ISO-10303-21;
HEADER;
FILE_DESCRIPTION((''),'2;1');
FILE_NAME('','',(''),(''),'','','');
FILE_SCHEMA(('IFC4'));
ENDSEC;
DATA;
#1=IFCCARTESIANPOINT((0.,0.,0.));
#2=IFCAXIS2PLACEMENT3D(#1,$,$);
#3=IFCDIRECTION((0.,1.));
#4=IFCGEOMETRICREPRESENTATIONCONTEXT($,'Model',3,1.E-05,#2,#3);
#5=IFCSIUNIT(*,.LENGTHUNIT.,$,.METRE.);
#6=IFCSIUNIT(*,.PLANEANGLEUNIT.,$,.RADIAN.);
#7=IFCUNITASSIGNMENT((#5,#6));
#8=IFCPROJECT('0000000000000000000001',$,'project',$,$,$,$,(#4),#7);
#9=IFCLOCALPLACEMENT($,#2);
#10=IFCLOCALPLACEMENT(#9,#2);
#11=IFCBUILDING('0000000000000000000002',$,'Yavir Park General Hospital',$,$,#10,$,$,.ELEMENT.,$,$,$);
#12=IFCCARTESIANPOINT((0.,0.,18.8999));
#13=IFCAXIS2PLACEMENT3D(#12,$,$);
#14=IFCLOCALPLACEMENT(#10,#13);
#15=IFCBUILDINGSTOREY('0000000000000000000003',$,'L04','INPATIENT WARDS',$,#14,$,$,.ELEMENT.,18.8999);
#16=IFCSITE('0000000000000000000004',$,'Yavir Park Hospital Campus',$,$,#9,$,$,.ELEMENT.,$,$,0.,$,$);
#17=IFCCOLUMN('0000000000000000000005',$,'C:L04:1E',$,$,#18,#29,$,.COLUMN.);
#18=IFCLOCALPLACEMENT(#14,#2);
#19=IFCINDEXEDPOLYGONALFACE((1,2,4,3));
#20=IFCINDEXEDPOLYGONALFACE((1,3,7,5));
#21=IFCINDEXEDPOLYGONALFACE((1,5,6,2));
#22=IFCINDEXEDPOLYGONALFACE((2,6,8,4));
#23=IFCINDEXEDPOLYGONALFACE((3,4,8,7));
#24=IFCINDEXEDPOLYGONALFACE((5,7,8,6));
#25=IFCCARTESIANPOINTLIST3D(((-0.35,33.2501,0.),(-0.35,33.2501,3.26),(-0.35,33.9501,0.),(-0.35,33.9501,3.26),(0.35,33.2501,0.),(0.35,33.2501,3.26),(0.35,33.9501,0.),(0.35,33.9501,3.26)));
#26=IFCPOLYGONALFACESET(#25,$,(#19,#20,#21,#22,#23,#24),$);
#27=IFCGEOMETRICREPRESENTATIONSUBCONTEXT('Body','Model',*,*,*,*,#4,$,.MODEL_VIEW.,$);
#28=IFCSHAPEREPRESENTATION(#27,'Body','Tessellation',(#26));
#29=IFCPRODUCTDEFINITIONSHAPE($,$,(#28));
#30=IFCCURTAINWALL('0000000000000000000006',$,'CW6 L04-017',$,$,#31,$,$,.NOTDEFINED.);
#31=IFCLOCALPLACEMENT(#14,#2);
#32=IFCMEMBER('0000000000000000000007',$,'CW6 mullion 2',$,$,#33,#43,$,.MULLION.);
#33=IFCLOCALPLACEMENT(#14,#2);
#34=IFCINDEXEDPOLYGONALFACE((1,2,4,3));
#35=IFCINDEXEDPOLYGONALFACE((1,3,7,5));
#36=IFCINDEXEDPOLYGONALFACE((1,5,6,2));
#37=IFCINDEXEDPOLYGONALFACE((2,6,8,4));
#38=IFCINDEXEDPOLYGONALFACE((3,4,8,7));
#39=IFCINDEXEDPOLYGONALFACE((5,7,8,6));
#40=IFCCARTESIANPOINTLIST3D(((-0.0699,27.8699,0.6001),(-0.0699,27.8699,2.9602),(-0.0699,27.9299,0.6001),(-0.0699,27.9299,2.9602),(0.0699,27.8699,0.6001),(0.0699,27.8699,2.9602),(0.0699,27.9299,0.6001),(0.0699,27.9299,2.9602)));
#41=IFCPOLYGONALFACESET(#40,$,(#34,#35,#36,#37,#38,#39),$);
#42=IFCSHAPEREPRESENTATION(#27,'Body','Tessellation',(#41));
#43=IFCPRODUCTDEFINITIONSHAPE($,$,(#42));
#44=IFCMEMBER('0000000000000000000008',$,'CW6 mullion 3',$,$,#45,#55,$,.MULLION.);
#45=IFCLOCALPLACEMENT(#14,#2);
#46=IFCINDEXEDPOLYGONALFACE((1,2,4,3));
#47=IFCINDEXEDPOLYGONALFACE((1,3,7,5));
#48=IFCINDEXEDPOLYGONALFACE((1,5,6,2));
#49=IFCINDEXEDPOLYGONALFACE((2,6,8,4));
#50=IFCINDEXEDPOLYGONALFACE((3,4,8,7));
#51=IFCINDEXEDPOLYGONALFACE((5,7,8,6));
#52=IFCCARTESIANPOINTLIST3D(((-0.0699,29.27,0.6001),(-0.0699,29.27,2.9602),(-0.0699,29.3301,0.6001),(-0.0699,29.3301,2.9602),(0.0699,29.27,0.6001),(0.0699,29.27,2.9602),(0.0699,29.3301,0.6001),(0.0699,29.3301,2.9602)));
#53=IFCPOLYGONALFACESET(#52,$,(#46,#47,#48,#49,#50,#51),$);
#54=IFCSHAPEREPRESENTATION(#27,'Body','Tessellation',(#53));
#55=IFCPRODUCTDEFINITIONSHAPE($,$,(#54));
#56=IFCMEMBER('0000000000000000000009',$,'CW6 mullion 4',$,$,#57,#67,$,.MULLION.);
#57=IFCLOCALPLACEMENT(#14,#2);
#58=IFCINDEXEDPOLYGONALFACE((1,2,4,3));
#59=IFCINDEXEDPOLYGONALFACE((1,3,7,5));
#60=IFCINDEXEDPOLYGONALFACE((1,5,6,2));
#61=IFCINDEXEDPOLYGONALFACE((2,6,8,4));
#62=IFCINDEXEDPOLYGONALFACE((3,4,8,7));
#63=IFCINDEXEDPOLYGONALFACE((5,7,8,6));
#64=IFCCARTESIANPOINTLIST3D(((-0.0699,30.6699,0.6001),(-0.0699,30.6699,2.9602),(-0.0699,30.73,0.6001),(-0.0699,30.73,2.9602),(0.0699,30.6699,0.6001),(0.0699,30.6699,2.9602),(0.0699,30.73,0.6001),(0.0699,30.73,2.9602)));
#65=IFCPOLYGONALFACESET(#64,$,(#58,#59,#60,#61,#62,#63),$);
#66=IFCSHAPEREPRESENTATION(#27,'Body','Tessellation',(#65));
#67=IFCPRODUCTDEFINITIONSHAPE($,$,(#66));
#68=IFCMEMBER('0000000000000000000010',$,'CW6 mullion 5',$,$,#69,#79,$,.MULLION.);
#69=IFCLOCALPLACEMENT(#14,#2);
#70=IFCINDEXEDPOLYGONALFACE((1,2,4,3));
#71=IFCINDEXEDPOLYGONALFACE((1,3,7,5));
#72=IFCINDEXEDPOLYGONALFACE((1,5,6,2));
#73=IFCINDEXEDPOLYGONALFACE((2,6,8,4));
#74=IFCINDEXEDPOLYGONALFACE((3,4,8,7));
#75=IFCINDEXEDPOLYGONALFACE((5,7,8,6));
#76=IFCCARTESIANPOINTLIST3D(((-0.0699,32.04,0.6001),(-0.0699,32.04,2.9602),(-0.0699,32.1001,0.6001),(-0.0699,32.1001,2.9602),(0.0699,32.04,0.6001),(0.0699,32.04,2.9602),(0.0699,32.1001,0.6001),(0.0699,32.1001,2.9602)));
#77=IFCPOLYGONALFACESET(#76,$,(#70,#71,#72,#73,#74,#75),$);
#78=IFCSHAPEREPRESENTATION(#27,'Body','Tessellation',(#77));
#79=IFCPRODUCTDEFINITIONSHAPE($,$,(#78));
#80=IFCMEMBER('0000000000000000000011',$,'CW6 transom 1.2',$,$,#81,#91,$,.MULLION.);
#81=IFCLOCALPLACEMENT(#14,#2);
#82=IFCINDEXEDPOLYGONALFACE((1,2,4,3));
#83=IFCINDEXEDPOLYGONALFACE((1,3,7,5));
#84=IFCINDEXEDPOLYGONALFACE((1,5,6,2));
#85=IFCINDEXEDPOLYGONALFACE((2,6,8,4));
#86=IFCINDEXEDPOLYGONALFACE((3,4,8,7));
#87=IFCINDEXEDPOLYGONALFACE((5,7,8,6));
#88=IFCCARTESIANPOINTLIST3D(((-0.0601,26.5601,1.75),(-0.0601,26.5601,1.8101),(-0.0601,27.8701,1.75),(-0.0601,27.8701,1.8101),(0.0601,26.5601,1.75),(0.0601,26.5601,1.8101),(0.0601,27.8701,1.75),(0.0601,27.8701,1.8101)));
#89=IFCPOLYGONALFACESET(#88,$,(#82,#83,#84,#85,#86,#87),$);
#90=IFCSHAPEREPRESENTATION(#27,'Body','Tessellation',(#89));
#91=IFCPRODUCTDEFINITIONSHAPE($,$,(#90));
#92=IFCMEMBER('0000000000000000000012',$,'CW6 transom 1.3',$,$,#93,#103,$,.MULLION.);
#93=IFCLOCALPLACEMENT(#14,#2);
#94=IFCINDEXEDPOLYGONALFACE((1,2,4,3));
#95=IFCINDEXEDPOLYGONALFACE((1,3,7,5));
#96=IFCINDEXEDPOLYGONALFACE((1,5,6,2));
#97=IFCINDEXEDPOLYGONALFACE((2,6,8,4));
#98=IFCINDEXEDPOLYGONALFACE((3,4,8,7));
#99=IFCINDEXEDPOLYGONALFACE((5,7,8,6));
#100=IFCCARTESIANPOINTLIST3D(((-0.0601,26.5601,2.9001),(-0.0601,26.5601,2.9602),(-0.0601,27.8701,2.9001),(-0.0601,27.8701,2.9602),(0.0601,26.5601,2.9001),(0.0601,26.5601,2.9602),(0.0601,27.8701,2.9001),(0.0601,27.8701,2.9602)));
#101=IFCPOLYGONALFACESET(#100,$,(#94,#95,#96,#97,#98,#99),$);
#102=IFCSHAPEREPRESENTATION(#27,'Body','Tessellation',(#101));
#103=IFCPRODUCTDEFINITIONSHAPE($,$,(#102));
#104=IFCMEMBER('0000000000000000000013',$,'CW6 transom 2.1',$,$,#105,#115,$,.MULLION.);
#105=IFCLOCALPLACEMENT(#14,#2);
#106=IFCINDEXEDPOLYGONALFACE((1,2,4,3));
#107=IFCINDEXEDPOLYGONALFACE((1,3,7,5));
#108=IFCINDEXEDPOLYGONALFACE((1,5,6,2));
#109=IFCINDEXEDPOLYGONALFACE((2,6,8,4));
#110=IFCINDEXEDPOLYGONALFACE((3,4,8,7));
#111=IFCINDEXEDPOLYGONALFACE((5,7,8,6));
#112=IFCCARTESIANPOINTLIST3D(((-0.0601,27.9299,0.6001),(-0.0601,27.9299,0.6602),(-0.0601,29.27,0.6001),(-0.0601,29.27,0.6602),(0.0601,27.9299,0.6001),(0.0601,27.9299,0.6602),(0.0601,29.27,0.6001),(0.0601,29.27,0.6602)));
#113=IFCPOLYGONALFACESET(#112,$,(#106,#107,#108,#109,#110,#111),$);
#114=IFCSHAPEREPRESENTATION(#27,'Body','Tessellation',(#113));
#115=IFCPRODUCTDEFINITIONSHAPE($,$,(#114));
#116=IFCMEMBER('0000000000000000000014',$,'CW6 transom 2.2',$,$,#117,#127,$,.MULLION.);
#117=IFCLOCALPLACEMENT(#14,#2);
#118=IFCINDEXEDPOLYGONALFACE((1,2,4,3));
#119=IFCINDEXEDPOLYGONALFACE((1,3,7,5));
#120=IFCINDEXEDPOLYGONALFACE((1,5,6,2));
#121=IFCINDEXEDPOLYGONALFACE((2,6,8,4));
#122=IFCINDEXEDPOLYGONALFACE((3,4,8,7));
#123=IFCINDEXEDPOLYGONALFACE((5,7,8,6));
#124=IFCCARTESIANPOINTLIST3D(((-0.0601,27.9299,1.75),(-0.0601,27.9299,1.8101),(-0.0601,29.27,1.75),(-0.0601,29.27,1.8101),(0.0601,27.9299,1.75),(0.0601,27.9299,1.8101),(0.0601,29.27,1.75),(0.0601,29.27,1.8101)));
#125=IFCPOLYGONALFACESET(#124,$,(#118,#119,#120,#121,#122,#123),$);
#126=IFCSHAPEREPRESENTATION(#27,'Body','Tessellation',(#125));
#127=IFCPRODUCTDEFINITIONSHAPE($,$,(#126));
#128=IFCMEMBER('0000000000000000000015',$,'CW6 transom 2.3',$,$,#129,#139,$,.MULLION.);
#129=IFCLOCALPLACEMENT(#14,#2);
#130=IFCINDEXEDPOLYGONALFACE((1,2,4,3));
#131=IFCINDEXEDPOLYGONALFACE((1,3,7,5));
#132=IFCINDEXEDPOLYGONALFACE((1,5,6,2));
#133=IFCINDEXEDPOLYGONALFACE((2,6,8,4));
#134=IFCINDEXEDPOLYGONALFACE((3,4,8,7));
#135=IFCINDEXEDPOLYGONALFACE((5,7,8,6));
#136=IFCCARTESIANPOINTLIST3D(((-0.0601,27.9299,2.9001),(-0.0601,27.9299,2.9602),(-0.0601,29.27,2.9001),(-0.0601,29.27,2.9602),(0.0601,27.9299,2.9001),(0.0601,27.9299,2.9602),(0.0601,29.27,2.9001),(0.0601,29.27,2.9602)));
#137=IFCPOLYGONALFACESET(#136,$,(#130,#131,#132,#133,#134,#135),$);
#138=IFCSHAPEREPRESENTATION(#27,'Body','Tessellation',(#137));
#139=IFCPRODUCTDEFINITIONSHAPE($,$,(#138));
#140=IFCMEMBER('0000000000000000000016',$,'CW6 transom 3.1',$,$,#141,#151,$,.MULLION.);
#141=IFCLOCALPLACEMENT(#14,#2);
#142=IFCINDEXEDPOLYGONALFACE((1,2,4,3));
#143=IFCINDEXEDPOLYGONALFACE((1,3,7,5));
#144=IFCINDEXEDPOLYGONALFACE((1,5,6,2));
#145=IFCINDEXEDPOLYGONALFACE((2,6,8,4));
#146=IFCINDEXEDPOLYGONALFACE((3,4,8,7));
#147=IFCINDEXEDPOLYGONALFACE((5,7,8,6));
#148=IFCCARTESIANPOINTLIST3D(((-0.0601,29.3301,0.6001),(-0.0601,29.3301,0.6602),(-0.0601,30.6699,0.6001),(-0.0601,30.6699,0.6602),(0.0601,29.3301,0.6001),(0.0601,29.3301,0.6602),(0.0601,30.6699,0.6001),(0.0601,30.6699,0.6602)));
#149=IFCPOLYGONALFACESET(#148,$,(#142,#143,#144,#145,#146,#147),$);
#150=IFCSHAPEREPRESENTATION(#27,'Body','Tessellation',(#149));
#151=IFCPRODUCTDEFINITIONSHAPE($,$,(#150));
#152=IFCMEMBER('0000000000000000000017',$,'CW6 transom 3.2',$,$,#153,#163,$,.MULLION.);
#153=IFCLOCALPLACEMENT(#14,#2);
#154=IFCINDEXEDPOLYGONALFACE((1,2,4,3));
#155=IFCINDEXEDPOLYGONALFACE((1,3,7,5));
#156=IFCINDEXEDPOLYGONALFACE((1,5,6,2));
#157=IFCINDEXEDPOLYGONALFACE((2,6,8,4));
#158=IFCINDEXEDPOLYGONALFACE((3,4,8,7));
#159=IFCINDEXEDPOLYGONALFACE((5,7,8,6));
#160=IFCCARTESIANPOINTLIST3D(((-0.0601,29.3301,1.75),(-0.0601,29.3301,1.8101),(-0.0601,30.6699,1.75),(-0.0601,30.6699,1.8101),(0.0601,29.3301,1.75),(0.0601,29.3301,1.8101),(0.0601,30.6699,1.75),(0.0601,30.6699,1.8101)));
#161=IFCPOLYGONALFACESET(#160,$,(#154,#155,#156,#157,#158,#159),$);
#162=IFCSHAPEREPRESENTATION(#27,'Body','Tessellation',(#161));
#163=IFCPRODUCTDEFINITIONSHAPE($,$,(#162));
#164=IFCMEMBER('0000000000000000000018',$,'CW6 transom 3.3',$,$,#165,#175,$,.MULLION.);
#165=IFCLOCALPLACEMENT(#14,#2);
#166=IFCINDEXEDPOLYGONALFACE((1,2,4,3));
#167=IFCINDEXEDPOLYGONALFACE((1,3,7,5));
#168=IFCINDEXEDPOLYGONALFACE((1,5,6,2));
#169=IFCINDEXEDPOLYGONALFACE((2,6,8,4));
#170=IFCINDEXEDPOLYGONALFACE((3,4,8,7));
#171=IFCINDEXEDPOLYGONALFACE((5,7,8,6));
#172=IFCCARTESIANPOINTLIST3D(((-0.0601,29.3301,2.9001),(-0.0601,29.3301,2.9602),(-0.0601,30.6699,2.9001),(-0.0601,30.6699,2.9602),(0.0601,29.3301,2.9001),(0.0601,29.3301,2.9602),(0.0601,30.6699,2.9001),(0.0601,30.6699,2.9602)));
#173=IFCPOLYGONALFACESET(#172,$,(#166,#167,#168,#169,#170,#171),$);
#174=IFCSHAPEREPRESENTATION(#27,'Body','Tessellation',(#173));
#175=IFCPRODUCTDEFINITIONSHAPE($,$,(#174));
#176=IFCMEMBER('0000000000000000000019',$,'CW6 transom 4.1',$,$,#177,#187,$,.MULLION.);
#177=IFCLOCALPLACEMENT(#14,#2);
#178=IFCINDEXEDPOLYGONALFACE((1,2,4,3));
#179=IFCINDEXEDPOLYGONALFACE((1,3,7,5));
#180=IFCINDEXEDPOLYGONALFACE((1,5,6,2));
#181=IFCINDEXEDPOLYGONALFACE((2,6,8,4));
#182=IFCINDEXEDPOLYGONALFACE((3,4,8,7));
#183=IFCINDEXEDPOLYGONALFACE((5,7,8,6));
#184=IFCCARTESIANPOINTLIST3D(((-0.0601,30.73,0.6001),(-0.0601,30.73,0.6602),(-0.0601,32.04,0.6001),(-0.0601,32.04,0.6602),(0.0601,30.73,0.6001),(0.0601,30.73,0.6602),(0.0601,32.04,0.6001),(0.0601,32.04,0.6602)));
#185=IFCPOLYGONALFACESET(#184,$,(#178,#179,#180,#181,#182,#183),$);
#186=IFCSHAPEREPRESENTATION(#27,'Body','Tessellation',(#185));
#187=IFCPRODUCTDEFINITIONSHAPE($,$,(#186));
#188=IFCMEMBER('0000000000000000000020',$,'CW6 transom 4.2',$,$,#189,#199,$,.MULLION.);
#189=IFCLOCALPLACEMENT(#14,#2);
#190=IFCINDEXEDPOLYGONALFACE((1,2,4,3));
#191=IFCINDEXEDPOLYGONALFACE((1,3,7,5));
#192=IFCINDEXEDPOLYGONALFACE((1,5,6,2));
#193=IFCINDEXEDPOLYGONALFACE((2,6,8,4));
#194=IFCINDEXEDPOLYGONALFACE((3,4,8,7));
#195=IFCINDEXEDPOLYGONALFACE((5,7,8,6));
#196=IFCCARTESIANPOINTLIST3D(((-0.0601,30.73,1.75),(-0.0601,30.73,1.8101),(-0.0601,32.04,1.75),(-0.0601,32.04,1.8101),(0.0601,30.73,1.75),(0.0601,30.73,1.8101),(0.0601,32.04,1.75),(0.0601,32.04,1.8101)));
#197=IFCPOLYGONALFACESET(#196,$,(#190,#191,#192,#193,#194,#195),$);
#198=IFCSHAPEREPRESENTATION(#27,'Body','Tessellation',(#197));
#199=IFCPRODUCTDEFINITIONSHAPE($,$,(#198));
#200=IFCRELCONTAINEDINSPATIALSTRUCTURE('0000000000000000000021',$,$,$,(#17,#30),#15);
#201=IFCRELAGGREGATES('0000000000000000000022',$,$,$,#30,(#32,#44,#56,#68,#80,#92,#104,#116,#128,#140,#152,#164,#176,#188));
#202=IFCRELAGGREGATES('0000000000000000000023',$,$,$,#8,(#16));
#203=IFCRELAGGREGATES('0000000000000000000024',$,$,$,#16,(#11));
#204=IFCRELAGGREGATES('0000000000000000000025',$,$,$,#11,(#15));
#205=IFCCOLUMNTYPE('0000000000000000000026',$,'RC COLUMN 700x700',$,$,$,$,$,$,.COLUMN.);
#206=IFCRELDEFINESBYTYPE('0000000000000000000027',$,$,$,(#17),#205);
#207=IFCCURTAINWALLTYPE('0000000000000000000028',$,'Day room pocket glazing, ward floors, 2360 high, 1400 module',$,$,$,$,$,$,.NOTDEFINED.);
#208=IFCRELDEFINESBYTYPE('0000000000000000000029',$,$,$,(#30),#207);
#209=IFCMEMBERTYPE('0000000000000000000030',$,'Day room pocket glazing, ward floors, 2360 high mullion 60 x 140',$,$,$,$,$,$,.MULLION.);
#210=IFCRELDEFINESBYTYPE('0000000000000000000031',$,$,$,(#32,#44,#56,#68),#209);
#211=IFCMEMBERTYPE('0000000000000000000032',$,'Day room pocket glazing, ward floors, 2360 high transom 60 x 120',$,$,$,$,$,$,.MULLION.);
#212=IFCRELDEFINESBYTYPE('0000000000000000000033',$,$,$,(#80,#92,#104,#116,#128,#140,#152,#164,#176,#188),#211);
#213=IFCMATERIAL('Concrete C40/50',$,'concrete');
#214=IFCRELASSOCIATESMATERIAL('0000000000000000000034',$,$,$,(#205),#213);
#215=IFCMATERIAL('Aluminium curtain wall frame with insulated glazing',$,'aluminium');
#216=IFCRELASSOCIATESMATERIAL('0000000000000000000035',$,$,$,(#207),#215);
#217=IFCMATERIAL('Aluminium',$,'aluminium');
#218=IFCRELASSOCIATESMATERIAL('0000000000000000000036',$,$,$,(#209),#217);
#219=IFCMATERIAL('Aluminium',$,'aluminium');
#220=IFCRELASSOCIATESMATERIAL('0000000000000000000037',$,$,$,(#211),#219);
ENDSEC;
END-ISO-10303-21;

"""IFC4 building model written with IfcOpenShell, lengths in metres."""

from ifc_helpers import new_model, si_unit, direction, frame, origin, origin_2d, place, context, subcontext, project, spatial, rectangle, extrude, material, material_profile, profile_set, type_object, element, aggregate, save


model = new_model("IFC4")

# Units and contexts
model_context = context("Model", 3, precision=1e-05, world=origin(), true_north=direction((0.0, 1.0)))
body_context = subcontext(model_context, "Body", "Model", "MODEL_VIEW")
ifc_project = project(units=[si_unit("LENGTHUNIT", "METRE"), si_unit("PLANEANGLEUNIT", "RADIAN")], contexts=[model_context])

# Site, building, storey
site_placement = place(None, origin())
site = spatial("IfcSite", under=ifc_project, at=site_placement, Name="Yavir Park Hospital Campus", CompositionType="ELEMENT", RefElevation=0.0)
building_placement = place(site_placement, origin())
building = spatial("IfcBuilding", under=site, at=building_placement, Name="Yavir Park General Hospital", CompositionType="ELEMENT")
storey_placement = place(building_placement, frame((0.0, 0.0, 18.8999)))
storey = spatial("IfcBuildingStorey", under=building, at=storey_placement, Name="L04", Description="INPATIENT WARDS", CompositionType="ELEMENT", Elevation=18.8999)

# Column
ifc_material_1 = material(Name="Concrete C40/50", Category="concrete")
ifc_material_profile_1 = material_profile(ifc_material_1, rectangle(XDim=0.7, YDim=0.7, at=origin_2d()), Name="RC700x700")
ifc_profile_set_1 = profile_set([ifc_material_profile_1], Name="Concrete C40/50")
column_type = type_object("IfcColumnType", Name="RC COLUMN 700x700", PredefinedType="COLUMN", material=ifc_profile_set_1)
column_placement = place(storey_placement, frame((0.0, 33.6001, 0.0), z_axis=(0.0, 0.0, 1.0), x_axis=(1.0, 0.0, 0.0)))
element("IfcColumn", 1, at=column_placement, inside=storey, type_object=column_type, Name="C:L04:1E", PredefinedType="COLUMN", context=body_context, shape_type="SweptSolid", body=[
    extrude(rectangle(XDim=0.7, YDim=0.7, at=origin_2d()), origin(), (0.0, 0.0, 1.0), 3.26),
])

# Curtain wall, members
ifc_material_2 = material(Name="Aluminium curtain wall frame with insulated glazing", Category="aluminium")
curtain_wall_type = type_object("IfcCurtainWallType", Name="Day room pocket glazing, ward floors, 2360 high, 1400 module", PredefinedType="NOTDEFINED", material=ifc_material_2)
curtain_wall_placement = place(storey_placement, origin())
curtain_wall = element("IfcCurtainWall", 2, at=curtain_wall_placement, inside=storey, type_object=curtain_wall_type, Name="CW6 L04-017", PredefinedType="NOTDEFINED")
ifc_material_3 = material(Name="Aluminium", Category="aluminium")
ifc_material_profile_2 = material_profile(ifc_material_3, rectangle(XDim=0.1399, YDim=0.0601, at=origin_2d()), Name="AL 60x140")
ifc_profile_set_2 = profile_set([ifc_material_profile_2], Name="Aluminium")
member_type_1 = type_object("IfcMemberType", Name="Day room pocket glazing, ward floors, 2360 high mullion 60 x 140", PredefinedType="MULLION", material=ifc_profile_set_2)
member_1_placement = place(storey_placement, frame((0.0, 27.8999, 0.6001), z_axis=(0.0, 0.0, 1.0), x_axis=(-1.0, 0.0, 0.0)))
member_1 = element("IfcMember", 3, at=member_1_placement, type_object=member_type_1, Name="CW6 mullion 2", PredefinedType="MULLION", context=body_context, shape_type="SweptSolid", body=[
    extrude(rectangle(XDim=0.1399, YDim=0.0601, at=origin_2d()), origin(), (0.0, 0.0, 1.0), 2.3601),
])
member_2_placement = place(storey_placement, frame((0.0, 29.3, 0.6001), z_axis=(0.0, 0.0, 1.0), x_axis=(-1.0, 0.0, 0.0)))
member_2 = element("IfcMember", 4, at=member_2_placement, type_object=member_type_1, Name="CW6 mullion 3", PredefinedType="MULLION", context=body_context, shape_type="SweptSolid", body=[
    extrude(rectangle(XDim=0.1399, YDim=0.0601, at=origin_2d()), origin(), (0.0, 0.0, 1.0), 2.3601),
])
member_3_placement = place(storey_placement, frame((0.0, 30.7, 0.6001), z_axis=(0.0, 0.0, 1.0), x_axis=(-1.0, 0.0, 0.0)))
member_3 = element("IfcMember", 5, at=member_3_placement, type_object=member_type_1, Name="CW6 mullion 4", PredefinedType="MULLION", context=body_context, shape_type="SweptSolid", body=[
    extrude(rectangle(XDim=0.1399, YDim=0.0601, at=origin_2d()), origin(), (0.0, 0.0, 1.0), 2.3601),
])
member_4_placement = place(storey_placement, frame((0.0, 32.0701, 0.6001), z_axis=(0.0, 0.0, 1.0), x_axis=(-1.0, 0.0, 0.0)))
member_4 = element("IfcMember", 6, at=member_4_placement, type_object=member_type_1, Name="CW6 mullion 5", PredefinedType="MULLION", context=body_context, shape_type="SweptSolid", body=[
    extrude(rectangle(XDim=0.1399, YDim=0.0601, at=origin_2d()), origin(), (0.0, 0.0, 1.0), 2.3601),
])
ifc_material_4 = material(Name="Aluminium", Category="aluminium")
ifc_material_profile_3 = material_profile(ifc_material_4, rectangle(XDim=0.1201, YDim=0.0601, at=origin_2d()), Name="AL 120x60")
ifc_profile_set_3 = profile_set([ifc_material_profile_3], Name="Aluminium")
member_type_2 = type_object("IfcMemberType", Name="Day room pocket glazing, ward floors, 2360 high transom 60 x 120", PredefinedType="MULLION", material=ifc_profile_set_3)
member_5_placement = place(storey_placement, frame((0.0, 26.5601, 1.78), z_axis=(0.0, 1.0, 0.0), x_axis=(-1.0, 0.0, 0.0)))
member_5 = element("IfcMember", 7, at=member_5_placement, type_object=member_type_2, Name="CW6 transom 1.2", PredefinedType="MULLION", context=body_context, shape_type="SweptSolid", body=[
    extrude(rectangle(XDim=0.1201, YDim=0.0601, at=origin_2d()), origin(), (0.0, 0.0, 1.0), 1.3101),
])
member_6_placement = place(storey_placement, frame((0.0, 26.5601, 2.9302), z_axis=(0.0, 1.0, 0.0), x_axis=(-1.0, 0.0, 0.0)))
member_6 = element("IfcMember", 8, at=member_6_placement, type_object=member_type_2, Name="CW6 transom 1.3", PredefinedType="MULLION", context=body_context, shape_type="SweptSolid", body=[
    extrude(rectangle(XDim=0.1201, YDim=0.0601, at=origin_2d()), origin(), (0.0, 0.0, 1.0), 1.3101),
])
member_7_placement = place(storey_placement, frame((0.0, 27.9299, 0.6301), z_axis=(0.0, 1.0, 0.0), x_axis=(-1.0, 0.0, 0.0)))
member_7 = element("IfcMember", 9, at=member_7_placement, type_object=member_type_2, Name="CW6 transom 2.1", PredefinedType="MULLION", context=body_context, shape_type="SweptSolid", body=[
    extrude(rectangle(XDim=0.1201, YDim=0.0601, at=origin_2d()), origin(), (0.0, 0.0, 1.0), 1.3401),
])
member_8_placement = place(storey_placement, frame((0.0, 27.9299, 1.78), z_axis=(0.0, 1.0, 0.0), x_axis=(-1.0, 0.0, 0.0)))
member_8 = element("IfcMember", 10, at=member_8_placement, type_object=member_type_2, Name="CW6 transom 2.2", PredefinedType="MULLION", context=body_context, shape_type="SweptSolid", body=[
    extrude(rectangle(XDim=0.1201, YDim=0.0601, at=origin_2d()), origin(), (0.0, 0.0, 1.0), 1.3401),
])
member_9_placement = place(storey_placement, frame((0.0, 27.9299, 2.9302), z_axis=(0.0, 1.0, 0.0), x_axis=(-1.0, 0.0, 0.0)))
member_9 = element("IfcMember", 11, at=member_9_placement, type_object=member_type_2, Name="CW6 transom 2.3", PredefinedType="MULLION", context=body_context, shape_type="SweptSolid", body=[
    extrude(rectangle(XDim=0.1201, YDim=0.0601, at=origin_2d()), origin(), (0.0, 0.0, 1.0), 1.3401),
])
member_10_placement = place(storey_placement, frame((0.0, 29.3301, 0.6301), z_axis=(0.0, 1.0, 0.0), x_axis=(-1.0, 0.0, 0.0)))
member_10 = element("IfcMember", 12, at=member_10_placement, type_object=member_type_2, Name="CW6 transom 3.1", PredefinedType="MULLION", context=body_context, shape_type="SweptSolid", body=[
    extrude(rectangle(XDim=0.1201, YDim=0.0601, at=origin_2d()), origin(), (0.0, 0.0, 1.0), 1.3398),
])
member_11_placement = place(storey_placement, frame((0.0, 29.3301, 1.78), z_axis=(0.0, 1.0, 0.0), x_axis=(-1.0, 0.0, 0.0)))
member_11 = element("IfcMember", 13, at=member_11_placement, type_object=member_type_2, Name="CW6 transom 3.2", PredefinedType="MULLION", context=body_context, shape_type="SweptSolid", body=[
    extrude(rectangle(XDim=0.1201, YDim=0.0601, at=origin_2d()), origin(), (0.0, 0.0, 1.0), 1.3398),
])
member_12_placement = place(storey_placement, frame((0.0, 29.3301, 2.9302), z_axis=(0.0, 1.0, 0.0), x_axis=(-1.0, 0.0, 0.0)))
member_12 = element("IfcMember", 14, at=member_12_placement, type_object=member_type_2, Name="CW6 transom 3.3", PredefinedType="MULLION", context=body_context, shape_type="SweptSolid", body=[
    extrude(rectangle(XDim=0.1201, YDim=0.0601, at=origin_2d()), origin(), (0.0, 0.0, 1.0), 1.3398),
])
member_13_placement = place(storey_placement, frame((0.0, 30.73, 0.6301), z_axis=(0.0, 1.0, 0.0), x_axis=(-1.0, 0.0, 0.0)))
member_13 = element("IfcMember", 15, at=member_13_placement, type_object=member_type_2, Name="CW6 transom 4.1", PredefinedType="MULLION", context=body_context, shape_type="SweptSolid", body=[
    extrude(rectangle(XDim=0.1201, YDim=0.0601, at=origin_2d()), origin(), (0.0, 0.0, 1.0), 1.3101),
])
member_14_placement = place(storey_placement, frame((0.0, 30.73, 1.78), z_axis=(0.0, 1.0, 0.0), x_axis=(-1.0, 0.0, 0.0)))
member_14 = element("IfcMember", 16, at=member_14_placement, type_object=member_type_2, Name="CW6 transom 4.2", PredefinedType="MULLION", context=body_context, shape_type="SweptSolid", body=[
    extrude(rectangle(XDim=0.1201, YDim=0.0601, at=origin_2d()), origin(), (0.0, 0.0, 1.0), 1.3101),
])

aggregate(curtain_wall, [member_1, member_2, member_3, member_4, member_5, member_6, member_7, member_8, member_9, member_10, member_11, member_12, member_13, member_14])

save(model, "model.ifc")
